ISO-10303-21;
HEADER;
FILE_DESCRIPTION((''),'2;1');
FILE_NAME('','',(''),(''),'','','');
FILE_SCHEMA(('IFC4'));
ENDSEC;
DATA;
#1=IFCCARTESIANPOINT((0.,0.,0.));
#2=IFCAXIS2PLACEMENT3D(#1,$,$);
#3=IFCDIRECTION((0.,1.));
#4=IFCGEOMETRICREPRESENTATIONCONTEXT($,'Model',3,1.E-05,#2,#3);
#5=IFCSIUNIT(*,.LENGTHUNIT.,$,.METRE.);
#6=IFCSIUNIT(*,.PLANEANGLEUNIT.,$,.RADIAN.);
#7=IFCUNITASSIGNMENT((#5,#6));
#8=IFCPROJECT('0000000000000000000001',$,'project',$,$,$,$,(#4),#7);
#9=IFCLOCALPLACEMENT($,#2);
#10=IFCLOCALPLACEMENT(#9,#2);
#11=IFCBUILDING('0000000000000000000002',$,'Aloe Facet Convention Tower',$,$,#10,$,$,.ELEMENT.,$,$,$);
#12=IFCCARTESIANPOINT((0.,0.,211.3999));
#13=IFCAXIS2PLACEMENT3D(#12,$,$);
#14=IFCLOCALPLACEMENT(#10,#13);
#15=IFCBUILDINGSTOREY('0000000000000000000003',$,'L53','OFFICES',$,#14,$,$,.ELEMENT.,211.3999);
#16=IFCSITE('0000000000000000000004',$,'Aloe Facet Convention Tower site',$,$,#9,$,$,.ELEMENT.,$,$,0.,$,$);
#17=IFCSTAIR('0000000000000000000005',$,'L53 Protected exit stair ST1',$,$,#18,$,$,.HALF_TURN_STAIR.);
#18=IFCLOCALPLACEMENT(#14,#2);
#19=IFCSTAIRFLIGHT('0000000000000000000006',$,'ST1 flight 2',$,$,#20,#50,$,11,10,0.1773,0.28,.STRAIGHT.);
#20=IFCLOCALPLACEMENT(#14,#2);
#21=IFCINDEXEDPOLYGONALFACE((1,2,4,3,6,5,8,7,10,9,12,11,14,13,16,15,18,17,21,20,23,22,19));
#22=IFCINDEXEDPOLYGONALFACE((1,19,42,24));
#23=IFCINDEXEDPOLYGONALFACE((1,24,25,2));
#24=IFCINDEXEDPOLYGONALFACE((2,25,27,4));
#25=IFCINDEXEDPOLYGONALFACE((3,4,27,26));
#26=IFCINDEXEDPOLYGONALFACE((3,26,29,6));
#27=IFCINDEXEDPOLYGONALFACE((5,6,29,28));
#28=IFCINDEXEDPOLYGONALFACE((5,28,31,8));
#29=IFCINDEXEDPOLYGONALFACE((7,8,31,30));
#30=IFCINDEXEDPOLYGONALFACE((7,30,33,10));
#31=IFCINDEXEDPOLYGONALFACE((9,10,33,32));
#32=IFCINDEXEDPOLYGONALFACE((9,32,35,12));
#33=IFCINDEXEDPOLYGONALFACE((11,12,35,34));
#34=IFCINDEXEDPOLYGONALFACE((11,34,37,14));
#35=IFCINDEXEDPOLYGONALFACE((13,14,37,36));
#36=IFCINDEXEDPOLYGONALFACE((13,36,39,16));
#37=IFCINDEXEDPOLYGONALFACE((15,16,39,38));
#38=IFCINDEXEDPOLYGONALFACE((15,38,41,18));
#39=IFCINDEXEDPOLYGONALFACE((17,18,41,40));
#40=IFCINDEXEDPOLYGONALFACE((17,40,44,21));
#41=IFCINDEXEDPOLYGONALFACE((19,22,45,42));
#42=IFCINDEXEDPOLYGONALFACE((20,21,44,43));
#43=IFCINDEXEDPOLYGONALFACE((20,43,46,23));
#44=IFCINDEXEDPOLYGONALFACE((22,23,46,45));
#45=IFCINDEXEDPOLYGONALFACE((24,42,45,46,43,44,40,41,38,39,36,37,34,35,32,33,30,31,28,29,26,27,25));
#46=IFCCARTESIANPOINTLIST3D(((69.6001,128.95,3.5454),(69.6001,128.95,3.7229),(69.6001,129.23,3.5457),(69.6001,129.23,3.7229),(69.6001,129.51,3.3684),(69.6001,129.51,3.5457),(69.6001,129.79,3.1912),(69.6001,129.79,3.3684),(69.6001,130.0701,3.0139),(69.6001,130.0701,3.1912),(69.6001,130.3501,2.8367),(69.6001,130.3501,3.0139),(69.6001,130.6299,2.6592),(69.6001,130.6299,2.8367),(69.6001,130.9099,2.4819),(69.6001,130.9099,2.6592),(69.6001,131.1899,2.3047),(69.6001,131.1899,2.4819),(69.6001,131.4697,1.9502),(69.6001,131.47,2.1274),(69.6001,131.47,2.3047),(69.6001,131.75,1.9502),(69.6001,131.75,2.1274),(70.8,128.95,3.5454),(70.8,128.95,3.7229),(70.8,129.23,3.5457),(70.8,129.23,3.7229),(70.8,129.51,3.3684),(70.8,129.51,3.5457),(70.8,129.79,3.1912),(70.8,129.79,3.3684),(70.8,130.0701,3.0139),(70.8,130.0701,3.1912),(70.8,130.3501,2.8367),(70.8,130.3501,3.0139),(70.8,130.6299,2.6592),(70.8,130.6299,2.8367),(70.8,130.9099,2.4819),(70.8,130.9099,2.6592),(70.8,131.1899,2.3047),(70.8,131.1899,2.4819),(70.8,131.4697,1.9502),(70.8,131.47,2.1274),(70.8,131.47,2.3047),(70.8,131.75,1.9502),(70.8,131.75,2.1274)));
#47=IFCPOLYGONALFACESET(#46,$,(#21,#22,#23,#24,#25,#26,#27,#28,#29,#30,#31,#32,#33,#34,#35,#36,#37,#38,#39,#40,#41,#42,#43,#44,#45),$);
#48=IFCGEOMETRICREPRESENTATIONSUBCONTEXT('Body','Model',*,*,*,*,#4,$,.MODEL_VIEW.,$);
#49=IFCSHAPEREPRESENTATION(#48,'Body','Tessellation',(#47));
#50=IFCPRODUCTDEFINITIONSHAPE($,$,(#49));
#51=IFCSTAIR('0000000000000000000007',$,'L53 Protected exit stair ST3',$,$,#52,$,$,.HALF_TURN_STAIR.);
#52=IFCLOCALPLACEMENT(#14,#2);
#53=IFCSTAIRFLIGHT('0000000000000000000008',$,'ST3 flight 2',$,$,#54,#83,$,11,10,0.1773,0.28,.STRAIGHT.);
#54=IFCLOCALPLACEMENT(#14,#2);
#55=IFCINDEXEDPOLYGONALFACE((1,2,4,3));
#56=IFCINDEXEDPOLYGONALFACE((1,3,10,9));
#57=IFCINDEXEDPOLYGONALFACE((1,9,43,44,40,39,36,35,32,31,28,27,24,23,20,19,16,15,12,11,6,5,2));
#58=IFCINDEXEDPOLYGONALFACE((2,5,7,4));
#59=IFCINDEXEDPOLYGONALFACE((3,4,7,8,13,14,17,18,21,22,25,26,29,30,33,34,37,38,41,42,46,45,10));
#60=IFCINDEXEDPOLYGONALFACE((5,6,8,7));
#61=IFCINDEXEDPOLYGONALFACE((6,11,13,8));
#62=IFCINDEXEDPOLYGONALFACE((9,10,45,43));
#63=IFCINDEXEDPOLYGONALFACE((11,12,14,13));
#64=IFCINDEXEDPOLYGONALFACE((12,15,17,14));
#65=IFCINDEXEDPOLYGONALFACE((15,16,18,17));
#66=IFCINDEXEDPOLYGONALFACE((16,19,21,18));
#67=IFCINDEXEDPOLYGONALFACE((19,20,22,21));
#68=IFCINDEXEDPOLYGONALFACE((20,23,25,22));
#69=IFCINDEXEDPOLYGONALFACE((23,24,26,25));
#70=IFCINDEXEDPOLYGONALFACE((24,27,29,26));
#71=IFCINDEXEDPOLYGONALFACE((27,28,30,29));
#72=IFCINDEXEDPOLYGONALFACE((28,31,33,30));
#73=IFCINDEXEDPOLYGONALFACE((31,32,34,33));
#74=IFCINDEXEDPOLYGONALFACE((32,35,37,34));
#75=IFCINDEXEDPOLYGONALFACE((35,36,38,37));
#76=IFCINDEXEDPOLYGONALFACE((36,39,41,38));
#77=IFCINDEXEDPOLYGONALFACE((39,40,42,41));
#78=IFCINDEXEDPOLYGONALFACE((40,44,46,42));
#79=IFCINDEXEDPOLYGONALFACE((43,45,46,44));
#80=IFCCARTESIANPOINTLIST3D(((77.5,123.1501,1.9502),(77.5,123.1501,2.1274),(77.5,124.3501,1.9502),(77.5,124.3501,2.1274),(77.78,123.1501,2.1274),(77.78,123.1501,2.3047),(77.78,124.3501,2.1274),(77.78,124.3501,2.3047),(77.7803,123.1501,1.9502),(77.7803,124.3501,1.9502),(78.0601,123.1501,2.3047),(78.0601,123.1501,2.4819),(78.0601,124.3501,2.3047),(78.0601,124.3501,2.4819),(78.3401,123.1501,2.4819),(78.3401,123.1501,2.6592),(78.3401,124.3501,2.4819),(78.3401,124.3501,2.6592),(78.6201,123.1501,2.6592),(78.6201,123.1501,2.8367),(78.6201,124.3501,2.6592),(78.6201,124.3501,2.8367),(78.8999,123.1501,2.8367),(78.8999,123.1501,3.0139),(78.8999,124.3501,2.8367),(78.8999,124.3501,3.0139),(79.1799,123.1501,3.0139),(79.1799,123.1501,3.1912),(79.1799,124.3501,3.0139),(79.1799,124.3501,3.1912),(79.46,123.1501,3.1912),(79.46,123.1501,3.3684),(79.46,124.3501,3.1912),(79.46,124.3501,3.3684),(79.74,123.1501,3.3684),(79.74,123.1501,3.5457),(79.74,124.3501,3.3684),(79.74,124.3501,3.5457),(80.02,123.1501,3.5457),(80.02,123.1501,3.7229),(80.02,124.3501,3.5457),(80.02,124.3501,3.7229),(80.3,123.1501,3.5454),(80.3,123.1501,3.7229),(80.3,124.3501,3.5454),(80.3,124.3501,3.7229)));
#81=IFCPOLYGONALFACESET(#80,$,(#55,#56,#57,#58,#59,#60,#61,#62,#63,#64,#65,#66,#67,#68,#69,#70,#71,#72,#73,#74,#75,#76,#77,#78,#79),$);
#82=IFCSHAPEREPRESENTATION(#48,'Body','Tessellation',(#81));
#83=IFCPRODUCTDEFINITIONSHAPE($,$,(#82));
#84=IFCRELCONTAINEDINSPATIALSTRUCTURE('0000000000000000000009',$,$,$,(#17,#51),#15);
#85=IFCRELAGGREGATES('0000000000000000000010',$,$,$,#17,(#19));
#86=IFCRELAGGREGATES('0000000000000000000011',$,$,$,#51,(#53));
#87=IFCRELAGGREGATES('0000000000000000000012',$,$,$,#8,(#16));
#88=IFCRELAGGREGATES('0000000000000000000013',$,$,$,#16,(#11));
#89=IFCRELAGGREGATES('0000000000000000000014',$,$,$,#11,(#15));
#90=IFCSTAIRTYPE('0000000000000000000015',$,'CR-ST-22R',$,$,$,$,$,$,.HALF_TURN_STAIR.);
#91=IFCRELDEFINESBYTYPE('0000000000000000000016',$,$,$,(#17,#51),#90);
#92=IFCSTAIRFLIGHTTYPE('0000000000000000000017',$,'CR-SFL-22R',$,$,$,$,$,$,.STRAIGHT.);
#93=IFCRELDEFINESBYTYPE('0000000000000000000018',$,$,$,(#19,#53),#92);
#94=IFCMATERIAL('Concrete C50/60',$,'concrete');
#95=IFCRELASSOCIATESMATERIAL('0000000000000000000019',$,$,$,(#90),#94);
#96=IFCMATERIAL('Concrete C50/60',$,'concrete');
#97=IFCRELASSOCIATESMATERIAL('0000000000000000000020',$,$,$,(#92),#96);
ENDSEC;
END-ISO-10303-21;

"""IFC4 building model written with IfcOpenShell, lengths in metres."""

from ifc_helpers import new_model, si_unit, direction, frame, origin, place, context, subcontext, project, spatial, polyline, outline, extrude, material, type_object, element, aggregate, save


model = new_model("IFC4")

# Units and contexts
model_context = context("Model", 3, precision=1e-05, world=origin(), true_north=direction((0.0, 1.0)))
body_context = subcontext(model_context, "Body", "Model", "MODEL_VIEW")
ifc_project = project(units=[si_unit("LENGTHUNIT", "METRE"), si_unit("PLANEANGLEUNIT", "RADIAN")], contexts=[model_context])

# Site, building, storey
site_placement = place(None, origin())
site = spatial("IfcSite", under=ifc_project, at=site_placement, Name="Aloe Facet Convention Tower site", CompositionType="ELEMENT", RefElevation=0.0)
building_placement = place(site_placement, origin())
building = spatial("IfcBuilding", under=site, at=building_placement, Name="Aloe Facet Convention Tower", CompositionType="ELEMENT")
storey_placement = place(building_placement, frame((0.0, 0.0, 211.3999)))
storey = spatial("IfcBuildingStorey", under=building, at=storey_placement, Name="L53", Description="OFFICES", CompositionType="ELEMENT", Elevation=211.3999)

# Stair, stair flight
ifc_material_1 = material(Name="Concrete C50/60", Category="concrete")
stair_type = type_object("IfcStairType", Name="CR-ST-22R", PredefinedType="HALF_TURN_STAIR", material=ifc_material_1)
stair_1_placement = place(storey_placement, origin())
stair_1 = element("IfcStair", 1, at=stair_1_placement, inside=storey, type_object=stair_type, Name="L53 Protected exit stair ST1", PredefinedType="HALF_TURN_STAIR")
ifc_material_2 = material(Name="Concrete C50/60", Category="concrete")
stair_flight_type = type_object("IfcStairFlightType", Name="CR-SFL-22R", PredefinedType="STRAIGHT", material=ifc_material_2)
stair_flight_1_placement = place(storey_placement, frame((70.2, 131.75, 1.9502), z_axis=(0.0, 0.0, 1.0), x_axis=(0.0, -1.0, 0.0)))
stair_flight_1 = element("IfcStairFlight", 2, at=stair_flight_1_placement, type_object=stair_flight_type, Name="ST1 flight 2", NumberOfRisers=11, NumberOfTreads=10, PredefinedType="STRAIGHT", RiserHeight=0.1773, TreadLength=0.28, context=body_context, shape_type="SweptSolid", body=[
    extrude(outline(polyline([(0.0, 0.0), (0.0, 0.1772), (0.28, 0.1772), (0.28, 0.3545), (0.5601, 0.3545), (0.5601, 0.5317), (0.8401, 0.5317), (0.8401, 0.709), (1.1201, 0.709), (1.1201, 0.8865), (1.3999, 0.8865), (1.3999, 1.0637), (1.6799, 1.0637), (1.6799, 1.241), (1.96, 1.241), (1.96, 1.4182), (2.24, 1.4182), (2.24, 1.5955), (2.52, 1.5955), (2.52, 1.7727), (2.8, 1.7727), (2.8, 1.95), (2.8, 1.5952), (0.2803, 0.0), (0.0, 0.0)])), frame((0.0, 0.6001, 0.0), z_axis=(0.0, -1.0, 0.0), x_axis=(1.0, 0.0, 0.0)), (0.0, 0.0, 1.0), 1.2),
])
aggregate(stair_1, [stair_flight_1])

# Stair, stair flight
stair_2_placement = place(storey_placement, origin())
stair_2 = element("IfcStair", 3, at=stair_2_placement, inside=storey, type_object=stair_type, Name="L53 Protected exit stair ST3", PredefinedType="HALF_TURN_STAIR")
stair_flight_2_placement = place(storey_placement, frame((77.5, 123.75, 1.9502), z_axis=(0.0, 0.0, 1.0), x_axis=(1.0, 0.0, 0.0)))
stair_flight_2 = element("IfcStairFlight", 4, at=stair_flight_2_placement, type_object=stair_flight_type, Name="ST3 flight 2", NumberOfRisers=11, NumberOfTreads=10, PredefinedType="STRAIGHT", RiserHeight=0.1773, TreadLength=0.28, context=body_context, shape_type="SweptSolid", body=[
    extrude(outline(polyline([(0.0, 0.0), (0.0, 0.1772), (0.28, 0.1772), (0.28, 0.3545), (0.5601, 0.3545), (0.5601, 0.5317), (0.8401, 0.5317), (0.8401, 0.709), (1.1201, 0.709), (1.1201, 0.8865), (1.3999, 0.8865), (1.3999, 1.0637), (1.6799, 1.0637), (1.6799, 1.241), (1.96, 1.241), (1.96, 1.4182), (2.24, 1.4182), (2.24, 1.5955), (2.52, 1.5955), (2.52, 1.7727), (2.8, 1.7727), (2.8, 1.95), (2.8, 1.5952), (0.2803, 0.0), (0.0, 0.0)])), frame((0.0, 0.6001, 0.0), z_axis=(0.0, -1.0, 0.0), x_axis=(1.0, 0.0, 0.0)), (0.0, 0.0, 1.0), 1.2),
])
aggregate(stair_2, [stair_flight_2])

save(model, "model.ifc")
